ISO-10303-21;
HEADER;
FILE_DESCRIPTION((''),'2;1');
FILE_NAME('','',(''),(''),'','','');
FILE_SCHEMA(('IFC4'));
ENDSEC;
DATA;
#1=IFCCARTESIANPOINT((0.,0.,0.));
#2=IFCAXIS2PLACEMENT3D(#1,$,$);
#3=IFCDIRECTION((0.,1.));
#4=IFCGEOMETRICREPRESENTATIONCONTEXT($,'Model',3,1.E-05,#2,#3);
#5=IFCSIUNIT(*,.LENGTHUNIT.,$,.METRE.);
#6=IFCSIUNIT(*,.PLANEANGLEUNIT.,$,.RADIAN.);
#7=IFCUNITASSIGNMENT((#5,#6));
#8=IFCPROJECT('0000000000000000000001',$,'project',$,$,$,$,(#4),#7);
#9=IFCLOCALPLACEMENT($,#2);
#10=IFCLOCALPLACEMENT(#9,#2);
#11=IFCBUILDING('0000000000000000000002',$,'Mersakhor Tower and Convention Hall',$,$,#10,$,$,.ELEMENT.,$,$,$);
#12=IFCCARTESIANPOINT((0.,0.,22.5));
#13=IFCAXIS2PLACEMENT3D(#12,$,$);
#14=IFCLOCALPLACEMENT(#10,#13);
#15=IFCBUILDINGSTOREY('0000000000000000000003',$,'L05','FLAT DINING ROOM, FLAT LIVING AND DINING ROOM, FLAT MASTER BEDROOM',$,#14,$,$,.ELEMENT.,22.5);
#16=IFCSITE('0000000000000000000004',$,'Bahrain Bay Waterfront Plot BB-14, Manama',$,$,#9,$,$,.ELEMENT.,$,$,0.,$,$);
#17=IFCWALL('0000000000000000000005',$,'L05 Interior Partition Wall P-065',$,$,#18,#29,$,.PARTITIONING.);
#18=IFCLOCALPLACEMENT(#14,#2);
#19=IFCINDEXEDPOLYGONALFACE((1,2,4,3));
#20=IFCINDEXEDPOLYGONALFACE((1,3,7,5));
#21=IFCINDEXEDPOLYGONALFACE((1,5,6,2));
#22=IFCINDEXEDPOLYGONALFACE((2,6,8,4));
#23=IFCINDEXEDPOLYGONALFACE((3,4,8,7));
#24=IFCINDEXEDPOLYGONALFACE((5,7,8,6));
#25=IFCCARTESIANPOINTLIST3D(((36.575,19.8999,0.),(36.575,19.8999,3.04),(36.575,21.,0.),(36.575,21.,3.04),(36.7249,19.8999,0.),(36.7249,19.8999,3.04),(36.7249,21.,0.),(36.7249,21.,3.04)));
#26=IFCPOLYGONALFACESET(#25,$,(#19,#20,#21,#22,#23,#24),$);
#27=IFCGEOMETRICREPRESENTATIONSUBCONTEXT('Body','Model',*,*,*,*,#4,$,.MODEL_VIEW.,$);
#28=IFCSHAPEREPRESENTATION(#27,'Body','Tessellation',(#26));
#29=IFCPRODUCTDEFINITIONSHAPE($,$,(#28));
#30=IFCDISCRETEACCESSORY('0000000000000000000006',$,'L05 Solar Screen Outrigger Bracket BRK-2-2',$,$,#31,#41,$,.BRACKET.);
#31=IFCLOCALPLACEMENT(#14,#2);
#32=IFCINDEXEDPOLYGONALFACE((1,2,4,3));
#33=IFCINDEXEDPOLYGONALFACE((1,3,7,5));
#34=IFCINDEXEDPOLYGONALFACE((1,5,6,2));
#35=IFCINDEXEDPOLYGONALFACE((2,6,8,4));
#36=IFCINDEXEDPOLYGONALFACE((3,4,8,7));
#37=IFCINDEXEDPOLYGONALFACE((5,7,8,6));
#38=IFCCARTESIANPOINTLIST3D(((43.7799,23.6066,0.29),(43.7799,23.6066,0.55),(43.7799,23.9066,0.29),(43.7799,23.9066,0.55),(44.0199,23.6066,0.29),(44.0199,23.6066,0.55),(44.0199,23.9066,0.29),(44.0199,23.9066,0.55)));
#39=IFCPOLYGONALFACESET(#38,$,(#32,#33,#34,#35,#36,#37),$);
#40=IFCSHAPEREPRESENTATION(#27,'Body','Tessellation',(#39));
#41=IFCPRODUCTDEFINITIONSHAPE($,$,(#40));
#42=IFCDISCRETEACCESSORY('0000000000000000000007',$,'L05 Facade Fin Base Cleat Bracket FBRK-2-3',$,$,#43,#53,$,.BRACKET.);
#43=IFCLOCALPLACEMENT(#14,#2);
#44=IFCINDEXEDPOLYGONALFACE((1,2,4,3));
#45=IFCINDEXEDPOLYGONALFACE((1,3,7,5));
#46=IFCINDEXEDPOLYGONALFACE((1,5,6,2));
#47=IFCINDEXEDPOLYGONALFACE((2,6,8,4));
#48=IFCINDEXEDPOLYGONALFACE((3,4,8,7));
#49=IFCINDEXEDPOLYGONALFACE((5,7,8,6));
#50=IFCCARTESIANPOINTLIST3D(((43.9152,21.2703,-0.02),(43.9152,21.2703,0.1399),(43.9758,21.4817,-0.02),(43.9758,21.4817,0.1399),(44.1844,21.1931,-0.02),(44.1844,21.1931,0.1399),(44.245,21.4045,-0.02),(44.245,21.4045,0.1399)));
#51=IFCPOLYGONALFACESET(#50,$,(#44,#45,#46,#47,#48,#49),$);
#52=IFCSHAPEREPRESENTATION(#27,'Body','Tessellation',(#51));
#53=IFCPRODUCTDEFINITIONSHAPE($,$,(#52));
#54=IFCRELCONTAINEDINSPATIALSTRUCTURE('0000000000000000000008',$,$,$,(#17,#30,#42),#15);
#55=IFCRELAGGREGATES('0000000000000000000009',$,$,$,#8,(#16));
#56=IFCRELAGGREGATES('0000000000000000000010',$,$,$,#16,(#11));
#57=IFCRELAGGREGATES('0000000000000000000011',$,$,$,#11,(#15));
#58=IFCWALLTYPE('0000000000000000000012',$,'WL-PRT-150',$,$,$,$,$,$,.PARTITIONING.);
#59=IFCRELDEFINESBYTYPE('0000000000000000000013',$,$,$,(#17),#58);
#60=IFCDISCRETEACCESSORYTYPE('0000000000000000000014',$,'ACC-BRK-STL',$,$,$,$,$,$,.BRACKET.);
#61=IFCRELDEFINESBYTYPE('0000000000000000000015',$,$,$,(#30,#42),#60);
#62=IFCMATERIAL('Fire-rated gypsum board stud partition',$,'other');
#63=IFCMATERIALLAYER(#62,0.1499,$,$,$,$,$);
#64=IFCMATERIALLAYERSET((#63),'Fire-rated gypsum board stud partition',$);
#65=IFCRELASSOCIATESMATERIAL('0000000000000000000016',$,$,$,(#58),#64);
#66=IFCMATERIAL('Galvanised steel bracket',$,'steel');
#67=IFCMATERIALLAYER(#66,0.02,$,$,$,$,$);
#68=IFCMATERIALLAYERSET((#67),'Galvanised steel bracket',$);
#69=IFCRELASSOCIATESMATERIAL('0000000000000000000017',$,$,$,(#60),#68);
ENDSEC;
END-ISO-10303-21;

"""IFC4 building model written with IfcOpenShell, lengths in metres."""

from ifc_helpers import new_model, si_unit, direction, frame, frame_2d, origin, origin_2d, place, context, subcontext, project, spatial, rectangle, extrude, material, layer, layer_set, type_object, element, save


model = new_model("IFC4")

# Units and contexts
model_context = context("Model", 3, precision=1e-05, world=origin(), true_north=direction((0.0, 1.0)))
body_context = subcontext(model_context, "Body", "Model", "MODEL_VIEW")
ifc_project = project(units=[si_unit("LENGTHUNIT", "METRE"), si_unit("PLANEANGLEUNIT", "RADIAN")], contexts=[model_context])

# Site, building, storey
site_placement = place(None, origin())
site = spatial("IfcSite", under=ifc_project, at=site_placement, Name="Bahrain Bay Waterfront Plot BB-14, Manama", CompositionType="ELEMENT", RefElevation=0.0)
building_placement = place(site_placement, origin())
building = spatial("IfcBuilding", under=site, at=building_placement, Name="Mersakhor Tower and Convention Hall", CompositionType="ELEMENT")
storey_placement = place(building_placement, frame((0.0, 0.0, 22.5)))
storey = spatial("IfcBuildingStorey", under=building, at=storey_placement, Name="L05", Description="FLAT DINING ROOM, FLAT LIVING AND DINING ROOM, FLAT MASTER BEDROOM", CompositionType="ELEMENT", Elevation=22.5)

# Wall
ifc_material_1 = material(Name="Fire-rated gypsum board stud partition", Category="other")
ifc_layer_1 = layer(ifc_material_1, 0.1499)
ifc_layer_set_1 = layer_set([ifc_layer_1], Name="Fire-rated gypsum board stud partition")
wall_type_1 = type_object("IfcWallType", Name="WL-PRT-150", PredefinedType="PARTITIONING", material=ifc_layer_set_1)
wall_1_placement = place(storey_placement, frame((36.6499, 19.8999, 0.0), z_axis=(0.0, 0.0, 1.0), x_axis=(0.0, 1.0, 0.0)))
element("IfcWall", 1, at=wall_1_placement, inside=storey, type_object=wall_type_1, Name="L05 Interior Partition Wall P-065", PredefinedType="PARTITIONING", context=body_context, shape_type="SweptSolid", body=[
    extrude(rectangle(XDim=1.1001, YDim=0.1499, at=frame_2d((0.55, 0.0))), origin(), (0.0, 0.0, 1.0), 3.04),
])

# Discrete accessories
ifc_material_2 = material(Name="Galvanised steel bracket", Category="steel")
ifc_layer_2 = layer(ifc_material_2, 0.02)
ifc_layer_set_2 = layer_set([ifc_layer_2], Name="Galvanised steel bracket")
discrete_accessory_type = type_object("IfcDiscreteAccessoryType", Name="ACC-BRK-STL", PredefinedType="BRACKET", material=ifc_layer_set_2)
discrete_accessory_1_placement = place(storey_placement, frame((43.8999, 23.7566, 0.29), z_axis=(0.0, 0.0, 1.0), x_axis=(0.0, -1.0, 0.0)))
element("IfcDiscreteAccessory", 2, at=discrete_accessory_1_placement, inside=storey, type_object=discrete_accessory_type, Name="L05 Solar Screen Outrigger Bracket BRK-2-2", PredefinedType="BRACKET", context=body_context, shape_type="SweptSolid", body=[
    extrude(rectangle(XDim=0.3, YDim=0.24, at=origin_2d()), origin(), (0.0, 0.0, 1.0), 0.26),
])
discrete_accessory_2_placement = place(storey_placement, frame((44.0801, 21.3374, -0.02), z_axis=(0.0, 0.0, 1.0), x_axis=(0.961262, -0.275637, 0.0)))
element("IfcDiscreteAccessory", 3, at=discrete_accessory_2_placement, inside=storey, type_object=discrete_accessory_type, Name="L05 Facade Fin Base Cleat Bracket FBRK-2-3", PredefinedType="BRACKET", context=body_context, shape_type="SweptSolid", body=[
    extrude(rectangle(XDim=0.28, YDim=0.22, at=origin_2d()), origin(), (0.0, 0.0, 1.0), 0.1599),
])

save(model, "model.ifc")
